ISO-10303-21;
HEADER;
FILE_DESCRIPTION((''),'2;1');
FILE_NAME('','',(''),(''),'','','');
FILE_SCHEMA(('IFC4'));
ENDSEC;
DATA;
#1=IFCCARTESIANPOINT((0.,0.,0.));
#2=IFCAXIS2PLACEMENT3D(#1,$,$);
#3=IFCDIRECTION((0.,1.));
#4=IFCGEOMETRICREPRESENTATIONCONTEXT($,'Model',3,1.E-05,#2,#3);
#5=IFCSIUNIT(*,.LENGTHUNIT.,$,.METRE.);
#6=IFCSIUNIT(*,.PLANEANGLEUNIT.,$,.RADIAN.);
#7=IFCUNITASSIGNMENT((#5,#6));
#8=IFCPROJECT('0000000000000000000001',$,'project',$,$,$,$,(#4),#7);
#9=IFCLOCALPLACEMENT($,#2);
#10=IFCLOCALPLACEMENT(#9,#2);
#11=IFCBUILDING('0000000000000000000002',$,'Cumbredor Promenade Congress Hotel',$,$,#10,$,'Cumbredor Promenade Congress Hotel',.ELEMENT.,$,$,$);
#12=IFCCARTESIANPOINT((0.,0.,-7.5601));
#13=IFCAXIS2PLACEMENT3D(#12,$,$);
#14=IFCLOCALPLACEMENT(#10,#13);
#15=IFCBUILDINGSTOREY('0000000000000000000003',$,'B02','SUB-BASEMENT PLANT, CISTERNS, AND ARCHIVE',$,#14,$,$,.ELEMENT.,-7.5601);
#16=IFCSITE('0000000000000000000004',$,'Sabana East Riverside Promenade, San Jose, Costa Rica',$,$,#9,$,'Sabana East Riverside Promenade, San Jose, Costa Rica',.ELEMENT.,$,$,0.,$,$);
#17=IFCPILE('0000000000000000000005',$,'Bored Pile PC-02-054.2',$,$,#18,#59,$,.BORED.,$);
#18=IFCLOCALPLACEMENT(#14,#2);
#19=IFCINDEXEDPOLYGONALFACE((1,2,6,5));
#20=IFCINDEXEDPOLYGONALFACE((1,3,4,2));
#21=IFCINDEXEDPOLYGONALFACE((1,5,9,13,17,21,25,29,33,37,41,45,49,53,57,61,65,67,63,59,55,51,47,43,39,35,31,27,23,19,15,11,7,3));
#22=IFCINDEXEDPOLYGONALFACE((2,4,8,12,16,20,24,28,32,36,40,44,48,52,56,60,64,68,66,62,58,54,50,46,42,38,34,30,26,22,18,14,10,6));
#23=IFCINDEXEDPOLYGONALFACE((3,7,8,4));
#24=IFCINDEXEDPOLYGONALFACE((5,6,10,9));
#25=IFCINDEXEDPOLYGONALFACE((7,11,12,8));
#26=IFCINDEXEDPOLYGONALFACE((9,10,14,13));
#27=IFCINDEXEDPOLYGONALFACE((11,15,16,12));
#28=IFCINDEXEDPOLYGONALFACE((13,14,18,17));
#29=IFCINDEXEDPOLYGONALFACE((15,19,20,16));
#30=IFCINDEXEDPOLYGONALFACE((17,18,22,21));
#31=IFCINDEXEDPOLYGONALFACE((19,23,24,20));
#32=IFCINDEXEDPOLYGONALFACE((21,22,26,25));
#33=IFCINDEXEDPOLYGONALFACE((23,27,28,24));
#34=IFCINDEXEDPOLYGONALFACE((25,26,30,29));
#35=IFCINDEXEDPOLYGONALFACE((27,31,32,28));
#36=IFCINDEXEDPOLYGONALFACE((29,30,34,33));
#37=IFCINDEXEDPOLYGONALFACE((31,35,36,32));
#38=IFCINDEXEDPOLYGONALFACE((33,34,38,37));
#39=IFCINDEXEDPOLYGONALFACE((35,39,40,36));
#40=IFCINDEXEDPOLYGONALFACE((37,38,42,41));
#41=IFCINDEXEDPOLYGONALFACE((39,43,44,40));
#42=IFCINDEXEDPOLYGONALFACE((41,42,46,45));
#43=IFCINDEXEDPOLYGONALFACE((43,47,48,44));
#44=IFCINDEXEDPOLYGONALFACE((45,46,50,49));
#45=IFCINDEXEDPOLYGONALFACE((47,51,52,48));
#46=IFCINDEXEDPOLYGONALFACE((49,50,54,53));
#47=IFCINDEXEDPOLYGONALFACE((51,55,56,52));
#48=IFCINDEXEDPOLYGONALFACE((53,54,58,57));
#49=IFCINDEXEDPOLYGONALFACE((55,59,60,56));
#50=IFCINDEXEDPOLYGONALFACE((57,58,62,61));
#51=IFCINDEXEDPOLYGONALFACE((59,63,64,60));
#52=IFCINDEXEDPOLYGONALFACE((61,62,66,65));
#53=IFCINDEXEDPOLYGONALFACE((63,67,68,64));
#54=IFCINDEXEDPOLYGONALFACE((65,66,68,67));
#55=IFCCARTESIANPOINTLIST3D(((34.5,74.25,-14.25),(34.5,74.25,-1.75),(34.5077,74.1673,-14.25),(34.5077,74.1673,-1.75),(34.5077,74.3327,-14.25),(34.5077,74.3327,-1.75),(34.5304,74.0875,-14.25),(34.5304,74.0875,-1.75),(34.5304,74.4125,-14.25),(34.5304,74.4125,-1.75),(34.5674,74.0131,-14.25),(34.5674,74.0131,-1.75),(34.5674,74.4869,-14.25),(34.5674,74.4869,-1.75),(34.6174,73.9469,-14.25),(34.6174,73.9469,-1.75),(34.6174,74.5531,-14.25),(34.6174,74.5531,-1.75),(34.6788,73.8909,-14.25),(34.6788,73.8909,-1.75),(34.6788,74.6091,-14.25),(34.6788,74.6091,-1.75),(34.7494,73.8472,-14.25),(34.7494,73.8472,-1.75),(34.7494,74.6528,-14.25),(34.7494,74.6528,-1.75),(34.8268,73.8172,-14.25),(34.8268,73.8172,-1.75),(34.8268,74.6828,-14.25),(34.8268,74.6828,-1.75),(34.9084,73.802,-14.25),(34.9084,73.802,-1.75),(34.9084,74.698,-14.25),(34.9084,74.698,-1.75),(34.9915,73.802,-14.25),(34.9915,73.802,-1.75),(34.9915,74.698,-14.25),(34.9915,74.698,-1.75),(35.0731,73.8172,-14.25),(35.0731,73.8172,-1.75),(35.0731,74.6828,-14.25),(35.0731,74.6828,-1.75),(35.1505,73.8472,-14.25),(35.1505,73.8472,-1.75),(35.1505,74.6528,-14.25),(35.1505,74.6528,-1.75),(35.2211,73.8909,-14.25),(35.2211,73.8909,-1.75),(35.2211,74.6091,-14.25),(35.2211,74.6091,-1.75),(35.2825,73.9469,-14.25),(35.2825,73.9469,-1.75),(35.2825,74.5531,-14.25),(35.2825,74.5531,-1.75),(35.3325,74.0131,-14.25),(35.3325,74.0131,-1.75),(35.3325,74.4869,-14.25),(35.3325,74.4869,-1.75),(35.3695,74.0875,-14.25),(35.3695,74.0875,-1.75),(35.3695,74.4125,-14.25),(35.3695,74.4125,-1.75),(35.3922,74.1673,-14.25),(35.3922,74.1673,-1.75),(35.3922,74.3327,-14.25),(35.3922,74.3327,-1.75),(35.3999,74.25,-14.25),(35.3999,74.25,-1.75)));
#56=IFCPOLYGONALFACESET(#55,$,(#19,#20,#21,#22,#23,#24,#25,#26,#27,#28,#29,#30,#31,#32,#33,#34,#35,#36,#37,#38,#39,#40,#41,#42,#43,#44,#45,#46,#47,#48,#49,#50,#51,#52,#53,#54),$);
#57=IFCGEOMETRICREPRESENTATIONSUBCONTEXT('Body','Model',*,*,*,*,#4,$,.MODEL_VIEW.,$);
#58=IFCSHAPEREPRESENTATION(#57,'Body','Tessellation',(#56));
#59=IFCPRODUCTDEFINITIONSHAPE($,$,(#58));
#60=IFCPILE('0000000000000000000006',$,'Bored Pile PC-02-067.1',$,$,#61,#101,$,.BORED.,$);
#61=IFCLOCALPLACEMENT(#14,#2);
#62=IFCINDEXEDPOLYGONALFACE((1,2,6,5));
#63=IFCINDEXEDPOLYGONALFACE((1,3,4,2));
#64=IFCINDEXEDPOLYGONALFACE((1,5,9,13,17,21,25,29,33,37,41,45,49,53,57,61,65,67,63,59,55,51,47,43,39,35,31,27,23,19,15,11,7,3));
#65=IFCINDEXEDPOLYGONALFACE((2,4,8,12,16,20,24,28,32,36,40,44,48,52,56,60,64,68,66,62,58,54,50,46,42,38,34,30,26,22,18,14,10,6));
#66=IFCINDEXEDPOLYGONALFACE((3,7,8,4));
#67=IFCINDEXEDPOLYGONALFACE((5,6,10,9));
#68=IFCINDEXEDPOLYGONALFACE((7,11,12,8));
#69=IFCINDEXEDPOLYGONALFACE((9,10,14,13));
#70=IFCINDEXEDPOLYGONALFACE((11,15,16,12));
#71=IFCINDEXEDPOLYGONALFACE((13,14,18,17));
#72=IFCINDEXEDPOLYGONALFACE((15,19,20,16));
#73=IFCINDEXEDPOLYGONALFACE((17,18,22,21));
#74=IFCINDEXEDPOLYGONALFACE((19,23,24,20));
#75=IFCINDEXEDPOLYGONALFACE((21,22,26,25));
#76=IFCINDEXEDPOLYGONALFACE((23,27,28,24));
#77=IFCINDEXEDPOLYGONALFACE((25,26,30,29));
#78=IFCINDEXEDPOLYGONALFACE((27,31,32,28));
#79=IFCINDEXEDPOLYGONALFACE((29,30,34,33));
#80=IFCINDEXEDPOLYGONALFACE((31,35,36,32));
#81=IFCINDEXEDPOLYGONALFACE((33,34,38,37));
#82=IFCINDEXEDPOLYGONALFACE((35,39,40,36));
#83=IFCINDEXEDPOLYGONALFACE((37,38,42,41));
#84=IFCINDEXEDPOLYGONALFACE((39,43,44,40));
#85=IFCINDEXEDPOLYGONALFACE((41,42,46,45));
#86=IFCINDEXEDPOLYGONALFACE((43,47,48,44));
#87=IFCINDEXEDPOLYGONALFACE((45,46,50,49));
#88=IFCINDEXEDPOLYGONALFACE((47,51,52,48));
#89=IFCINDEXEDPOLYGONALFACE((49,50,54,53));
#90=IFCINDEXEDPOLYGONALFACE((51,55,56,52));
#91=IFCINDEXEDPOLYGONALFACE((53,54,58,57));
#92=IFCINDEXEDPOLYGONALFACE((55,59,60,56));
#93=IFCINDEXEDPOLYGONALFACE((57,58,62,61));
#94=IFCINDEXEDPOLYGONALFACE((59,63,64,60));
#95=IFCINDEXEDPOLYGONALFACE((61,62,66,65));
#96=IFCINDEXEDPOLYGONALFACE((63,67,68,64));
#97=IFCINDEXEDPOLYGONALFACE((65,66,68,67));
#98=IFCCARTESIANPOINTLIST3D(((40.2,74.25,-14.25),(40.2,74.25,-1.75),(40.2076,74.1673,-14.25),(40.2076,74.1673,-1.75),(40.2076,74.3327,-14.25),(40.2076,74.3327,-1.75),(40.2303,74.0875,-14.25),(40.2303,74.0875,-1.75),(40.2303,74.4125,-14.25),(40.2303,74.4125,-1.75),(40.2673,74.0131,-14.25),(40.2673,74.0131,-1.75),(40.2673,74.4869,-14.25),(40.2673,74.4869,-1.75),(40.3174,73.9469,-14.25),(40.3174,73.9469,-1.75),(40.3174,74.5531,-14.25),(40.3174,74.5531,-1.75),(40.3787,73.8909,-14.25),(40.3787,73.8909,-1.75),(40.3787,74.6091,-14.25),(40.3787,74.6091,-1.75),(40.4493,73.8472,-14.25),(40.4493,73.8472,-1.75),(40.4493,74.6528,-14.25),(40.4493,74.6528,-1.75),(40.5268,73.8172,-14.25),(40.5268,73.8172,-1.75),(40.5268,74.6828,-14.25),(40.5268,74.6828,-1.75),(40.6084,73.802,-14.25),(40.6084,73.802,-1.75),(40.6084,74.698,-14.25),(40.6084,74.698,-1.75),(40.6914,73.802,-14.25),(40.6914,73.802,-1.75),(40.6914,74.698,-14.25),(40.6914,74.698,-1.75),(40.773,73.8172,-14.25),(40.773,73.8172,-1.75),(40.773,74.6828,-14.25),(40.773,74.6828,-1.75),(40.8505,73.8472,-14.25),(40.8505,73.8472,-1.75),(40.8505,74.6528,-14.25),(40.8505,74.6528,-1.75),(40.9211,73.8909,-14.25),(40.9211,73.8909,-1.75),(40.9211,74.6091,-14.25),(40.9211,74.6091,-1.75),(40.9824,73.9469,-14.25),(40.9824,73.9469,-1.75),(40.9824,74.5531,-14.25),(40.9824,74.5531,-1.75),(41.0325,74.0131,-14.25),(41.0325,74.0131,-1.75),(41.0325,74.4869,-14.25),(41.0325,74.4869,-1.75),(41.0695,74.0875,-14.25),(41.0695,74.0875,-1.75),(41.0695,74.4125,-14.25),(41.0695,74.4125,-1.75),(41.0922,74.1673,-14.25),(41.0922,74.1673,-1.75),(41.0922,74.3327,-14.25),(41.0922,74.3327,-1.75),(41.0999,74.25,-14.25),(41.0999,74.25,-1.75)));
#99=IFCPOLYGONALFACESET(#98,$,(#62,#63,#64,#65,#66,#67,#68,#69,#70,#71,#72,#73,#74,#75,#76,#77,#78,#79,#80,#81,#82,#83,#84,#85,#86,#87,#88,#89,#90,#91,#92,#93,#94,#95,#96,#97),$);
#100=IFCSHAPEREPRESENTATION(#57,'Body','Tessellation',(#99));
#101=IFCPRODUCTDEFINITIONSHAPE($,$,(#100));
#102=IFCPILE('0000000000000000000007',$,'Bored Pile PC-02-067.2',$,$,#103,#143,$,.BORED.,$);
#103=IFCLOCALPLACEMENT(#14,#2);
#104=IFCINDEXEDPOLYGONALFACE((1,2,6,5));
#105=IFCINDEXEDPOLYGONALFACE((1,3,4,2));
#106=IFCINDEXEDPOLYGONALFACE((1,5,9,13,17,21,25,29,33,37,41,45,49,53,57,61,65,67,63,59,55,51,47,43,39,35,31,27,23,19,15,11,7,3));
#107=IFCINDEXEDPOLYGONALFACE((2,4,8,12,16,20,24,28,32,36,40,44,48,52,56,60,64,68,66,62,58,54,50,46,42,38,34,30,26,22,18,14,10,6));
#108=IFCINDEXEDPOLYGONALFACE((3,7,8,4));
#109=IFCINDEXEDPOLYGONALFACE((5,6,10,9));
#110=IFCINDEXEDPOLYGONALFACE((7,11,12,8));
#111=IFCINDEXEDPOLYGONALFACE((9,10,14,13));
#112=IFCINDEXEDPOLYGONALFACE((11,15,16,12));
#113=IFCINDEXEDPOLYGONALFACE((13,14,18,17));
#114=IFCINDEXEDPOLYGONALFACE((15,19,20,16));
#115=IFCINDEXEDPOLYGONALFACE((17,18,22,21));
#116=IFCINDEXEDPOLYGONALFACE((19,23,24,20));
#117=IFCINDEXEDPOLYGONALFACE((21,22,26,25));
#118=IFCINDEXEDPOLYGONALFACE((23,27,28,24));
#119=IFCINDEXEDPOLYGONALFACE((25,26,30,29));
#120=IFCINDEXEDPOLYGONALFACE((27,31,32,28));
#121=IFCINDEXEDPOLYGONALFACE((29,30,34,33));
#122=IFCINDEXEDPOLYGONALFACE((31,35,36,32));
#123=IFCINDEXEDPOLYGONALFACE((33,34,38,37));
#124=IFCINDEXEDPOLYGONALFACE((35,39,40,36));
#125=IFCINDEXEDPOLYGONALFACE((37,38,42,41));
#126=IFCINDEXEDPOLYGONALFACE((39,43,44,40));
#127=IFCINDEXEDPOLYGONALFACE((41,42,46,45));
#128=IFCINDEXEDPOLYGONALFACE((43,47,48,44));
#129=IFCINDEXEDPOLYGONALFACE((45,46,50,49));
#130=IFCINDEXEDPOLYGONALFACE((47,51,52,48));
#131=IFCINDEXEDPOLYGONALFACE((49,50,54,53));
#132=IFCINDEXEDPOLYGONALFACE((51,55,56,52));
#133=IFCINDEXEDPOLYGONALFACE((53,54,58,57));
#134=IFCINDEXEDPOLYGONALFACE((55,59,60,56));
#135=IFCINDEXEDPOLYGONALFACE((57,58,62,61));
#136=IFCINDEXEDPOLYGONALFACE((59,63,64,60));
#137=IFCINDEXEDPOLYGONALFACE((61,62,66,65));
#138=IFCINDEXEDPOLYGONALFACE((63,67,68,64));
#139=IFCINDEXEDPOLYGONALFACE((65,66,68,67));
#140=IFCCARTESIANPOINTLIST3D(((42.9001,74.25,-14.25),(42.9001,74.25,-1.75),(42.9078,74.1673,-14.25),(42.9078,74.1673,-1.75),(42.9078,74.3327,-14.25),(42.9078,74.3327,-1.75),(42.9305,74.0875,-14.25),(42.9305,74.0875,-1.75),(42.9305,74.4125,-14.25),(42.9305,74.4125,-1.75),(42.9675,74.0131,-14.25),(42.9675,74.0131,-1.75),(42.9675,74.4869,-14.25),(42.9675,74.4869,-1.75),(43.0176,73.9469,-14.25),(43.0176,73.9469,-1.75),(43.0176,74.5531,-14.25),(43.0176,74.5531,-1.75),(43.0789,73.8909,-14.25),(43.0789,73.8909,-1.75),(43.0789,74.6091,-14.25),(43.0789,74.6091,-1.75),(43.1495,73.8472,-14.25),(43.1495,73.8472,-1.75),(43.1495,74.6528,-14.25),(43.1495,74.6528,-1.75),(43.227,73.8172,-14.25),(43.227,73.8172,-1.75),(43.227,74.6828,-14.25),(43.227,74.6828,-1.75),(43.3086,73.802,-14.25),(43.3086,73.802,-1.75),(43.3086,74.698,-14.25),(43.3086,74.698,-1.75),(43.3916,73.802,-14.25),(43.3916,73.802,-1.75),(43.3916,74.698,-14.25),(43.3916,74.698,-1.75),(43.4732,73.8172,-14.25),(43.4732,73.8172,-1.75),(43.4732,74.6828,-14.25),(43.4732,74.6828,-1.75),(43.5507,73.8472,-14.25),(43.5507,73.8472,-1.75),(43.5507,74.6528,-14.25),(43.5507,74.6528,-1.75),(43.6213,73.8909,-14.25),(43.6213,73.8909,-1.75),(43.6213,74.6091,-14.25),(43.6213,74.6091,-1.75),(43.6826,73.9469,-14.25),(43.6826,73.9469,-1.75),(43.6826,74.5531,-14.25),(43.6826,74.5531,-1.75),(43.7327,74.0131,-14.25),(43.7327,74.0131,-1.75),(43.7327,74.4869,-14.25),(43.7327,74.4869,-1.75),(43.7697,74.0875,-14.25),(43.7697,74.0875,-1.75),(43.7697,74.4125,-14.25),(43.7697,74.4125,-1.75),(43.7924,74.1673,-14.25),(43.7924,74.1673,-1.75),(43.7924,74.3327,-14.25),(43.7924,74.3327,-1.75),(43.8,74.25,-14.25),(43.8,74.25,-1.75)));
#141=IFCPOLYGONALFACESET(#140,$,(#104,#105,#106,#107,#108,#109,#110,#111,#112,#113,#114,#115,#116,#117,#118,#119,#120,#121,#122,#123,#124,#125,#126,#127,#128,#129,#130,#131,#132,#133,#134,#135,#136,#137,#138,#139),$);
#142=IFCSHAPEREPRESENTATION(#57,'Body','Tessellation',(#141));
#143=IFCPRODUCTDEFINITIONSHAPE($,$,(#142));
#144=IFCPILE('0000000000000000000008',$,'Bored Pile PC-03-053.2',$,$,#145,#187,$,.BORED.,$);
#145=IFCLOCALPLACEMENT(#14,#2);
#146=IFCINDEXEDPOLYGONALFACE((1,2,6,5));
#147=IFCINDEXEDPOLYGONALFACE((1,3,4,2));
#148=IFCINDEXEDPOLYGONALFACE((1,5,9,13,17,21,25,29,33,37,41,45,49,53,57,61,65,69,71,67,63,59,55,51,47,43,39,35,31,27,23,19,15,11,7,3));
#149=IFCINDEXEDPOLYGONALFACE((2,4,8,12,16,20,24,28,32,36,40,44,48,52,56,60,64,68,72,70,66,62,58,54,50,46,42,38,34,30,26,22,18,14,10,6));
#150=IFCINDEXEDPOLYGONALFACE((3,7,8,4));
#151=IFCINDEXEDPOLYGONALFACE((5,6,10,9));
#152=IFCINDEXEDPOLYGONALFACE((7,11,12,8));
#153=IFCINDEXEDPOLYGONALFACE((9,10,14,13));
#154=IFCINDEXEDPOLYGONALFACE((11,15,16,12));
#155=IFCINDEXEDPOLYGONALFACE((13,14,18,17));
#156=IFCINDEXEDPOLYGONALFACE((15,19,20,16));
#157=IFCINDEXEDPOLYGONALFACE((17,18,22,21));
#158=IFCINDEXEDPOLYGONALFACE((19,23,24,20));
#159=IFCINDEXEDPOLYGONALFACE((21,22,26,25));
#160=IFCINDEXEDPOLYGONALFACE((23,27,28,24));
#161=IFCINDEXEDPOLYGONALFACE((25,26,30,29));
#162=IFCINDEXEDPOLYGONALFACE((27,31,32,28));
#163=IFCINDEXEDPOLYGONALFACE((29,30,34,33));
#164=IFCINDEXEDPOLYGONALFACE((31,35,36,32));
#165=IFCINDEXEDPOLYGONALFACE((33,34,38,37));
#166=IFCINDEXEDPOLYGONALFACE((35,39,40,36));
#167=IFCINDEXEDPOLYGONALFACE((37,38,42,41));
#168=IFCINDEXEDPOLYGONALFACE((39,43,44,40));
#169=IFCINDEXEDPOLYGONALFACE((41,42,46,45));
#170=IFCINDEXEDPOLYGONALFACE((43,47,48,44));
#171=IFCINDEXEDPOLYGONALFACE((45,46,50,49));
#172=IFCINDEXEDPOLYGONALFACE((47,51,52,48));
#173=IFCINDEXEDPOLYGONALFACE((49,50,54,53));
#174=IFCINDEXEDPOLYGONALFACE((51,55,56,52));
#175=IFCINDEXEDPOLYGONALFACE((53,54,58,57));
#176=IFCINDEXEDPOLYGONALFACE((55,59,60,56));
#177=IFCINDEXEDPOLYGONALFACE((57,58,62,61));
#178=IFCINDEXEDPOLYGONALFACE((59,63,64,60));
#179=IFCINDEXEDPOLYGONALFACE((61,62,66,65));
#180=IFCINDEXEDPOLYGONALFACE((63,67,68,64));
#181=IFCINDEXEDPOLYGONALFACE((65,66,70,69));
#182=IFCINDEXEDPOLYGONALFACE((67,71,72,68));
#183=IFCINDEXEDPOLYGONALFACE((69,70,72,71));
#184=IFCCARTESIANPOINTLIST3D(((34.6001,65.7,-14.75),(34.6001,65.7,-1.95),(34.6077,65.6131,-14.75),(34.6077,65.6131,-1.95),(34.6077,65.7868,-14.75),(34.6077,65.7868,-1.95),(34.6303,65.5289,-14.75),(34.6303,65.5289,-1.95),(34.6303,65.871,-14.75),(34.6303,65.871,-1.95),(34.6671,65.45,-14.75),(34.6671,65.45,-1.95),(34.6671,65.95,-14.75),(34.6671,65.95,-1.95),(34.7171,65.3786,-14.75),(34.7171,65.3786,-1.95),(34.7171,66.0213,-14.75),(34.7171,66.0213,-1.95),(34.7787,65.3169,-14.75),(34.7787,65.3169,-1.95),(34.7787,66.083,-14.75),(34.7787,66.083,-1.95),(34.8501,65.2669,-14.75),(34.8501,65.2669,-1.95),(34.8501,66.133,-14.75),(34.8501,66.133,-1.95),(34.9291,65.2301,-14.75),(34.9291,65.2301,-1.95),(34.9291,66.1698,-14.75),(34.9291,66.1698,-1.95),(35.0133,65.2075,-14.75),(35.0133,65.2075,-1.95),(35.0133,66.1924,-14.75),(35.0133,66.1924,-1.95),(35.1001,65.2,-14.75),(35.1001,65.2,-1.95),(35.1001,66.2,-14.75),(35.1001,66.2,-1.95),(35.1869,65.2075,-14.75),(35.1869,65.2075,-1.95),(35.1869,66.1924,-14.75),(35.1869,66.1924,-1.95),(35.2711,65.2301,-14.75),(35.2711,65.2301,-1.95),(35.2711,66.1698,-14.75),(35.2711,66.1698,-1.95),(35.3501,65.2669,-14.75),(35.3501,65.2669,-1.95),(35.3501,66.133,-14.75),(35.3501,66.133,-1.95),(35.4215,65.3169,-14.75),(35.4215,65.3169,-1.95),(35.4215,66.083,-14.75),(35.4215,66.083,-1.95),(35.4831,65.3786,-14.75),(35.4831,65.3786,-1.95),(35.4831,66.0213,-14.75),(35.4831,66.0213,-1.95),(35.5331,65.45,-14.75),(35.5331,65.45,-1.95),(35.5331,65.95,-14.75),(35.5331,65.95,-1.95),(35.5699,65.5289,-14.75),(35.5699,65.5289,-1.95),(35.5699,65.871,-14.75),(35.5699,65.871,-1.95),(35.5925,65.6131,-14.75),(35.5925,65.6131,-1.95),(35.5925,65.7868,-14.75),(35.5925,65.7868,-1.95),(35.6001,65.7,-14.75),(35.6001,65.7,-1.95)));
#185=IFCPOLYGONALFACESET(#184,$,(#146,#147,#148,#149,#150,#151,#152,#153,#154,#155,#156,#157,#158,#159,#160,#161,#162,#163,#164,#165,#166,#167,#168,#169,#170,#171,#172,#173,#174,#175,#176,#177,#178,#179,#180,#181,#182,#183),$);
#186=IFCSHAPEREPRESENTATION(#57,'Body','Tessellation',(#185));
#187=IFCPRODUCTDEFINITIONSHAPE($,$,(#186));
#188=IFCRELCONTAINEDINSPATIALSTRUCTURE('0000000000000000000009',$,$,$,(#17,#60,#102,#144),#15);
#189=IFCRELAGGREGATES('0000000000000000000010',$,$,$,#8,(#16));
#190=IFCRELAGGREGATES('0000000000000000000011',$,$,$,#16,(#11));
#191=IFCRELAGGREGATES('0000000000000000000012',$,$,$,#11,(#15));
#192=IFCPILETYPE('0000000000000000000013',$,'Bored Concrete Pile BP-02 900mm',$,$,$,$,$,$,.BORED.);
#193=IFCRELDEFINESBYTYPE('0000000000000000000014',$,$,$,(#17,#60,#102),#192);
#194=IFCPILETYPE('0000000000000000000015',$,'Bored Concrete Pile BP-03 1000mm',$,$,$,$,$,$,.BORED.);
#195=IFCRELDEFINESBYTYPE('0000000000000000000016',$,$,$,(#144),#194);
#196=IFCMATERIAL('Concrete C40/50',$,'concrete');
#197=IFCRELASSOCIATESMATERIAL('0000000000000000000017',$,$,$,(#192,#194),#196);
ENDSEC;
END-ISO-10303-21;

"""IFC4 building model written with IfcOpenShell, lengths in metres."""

from ifc_helpers import new_model, si_unit, direction, frame, origin, origin_2d, place, context, subcontext, project, spatial, circle, extrude, material, material_profile, profile_set, type_object, element, save


model = new_model("IFC4")

# Units and contexts
model_context = context("Model", 3, precision=1e-05, world=origin(), true_north=direction((0.0, 1.0)))
body_context = subcontext(model_context, "Body", "Model", "MODEL_VIEW")
ifc_project = project(units=[si_unit("LENGTHUNIT", "METRE"), si_unit("PLANEANGLEUNIT", "RADIAN")], contexts=[model_context])

# Site, building, storey
site_placement = place(None, origin())
site = spatial("IfcSite", under=ifc_project, at=site_placement, Name="Sabana East Riverside Promenade, San Jose, Costa Rica", LongName="Sabana East Riverside Promenade, San Jose, Costa Rica", CompositionType="ELEMENT", RefElevation=0.0)
building_placement = place(site_placement, origin())
building = spatial("IfcBuilding", under=site, at=building_placement, Name="Cumbredor Promenade Congress Hotel", LongName="Cumbredor Promenade Congress Hotel", CompositionType="ELEMENT")
storey_placement = place(building_placement, frame((0.0, 0.0, -7.5601)))
storey = spatial("IfcBuildingStorey", under=building, at=storey_placement, Name="B02", Description="SUB-BASEMENT PLANT, CISTERNS, AND ARCHIVE", CompositionType="ELEMENT", Elevation=-7.5601)

# Piles
ifc_material_1 = material(Name="Concrete C40/50", Category="concrete")
ifc_material_profile_1 = material_profile(ifc_material_1, circle(Radius=0.45, at=origin_2d()), Name="PILE D900")
ifc_profile_set_1 = profile_set([ifc_material_profile_1], Name="Concrete C40/50")
pile_type_1 = type_object("IfcPileType", Name="Bored Concrete Pile BP-02 900mm", PredefinedType="BORED", material=ifc_profile_set_1)
for number, where, z_axis, x_axis, name in (
    (1, (34.95, 74.25, -1.75), (0.0, 0.0, -1.0), (1.0, 0.0, 0.0), "Bored Pile PC-02-054.2"),
    (2, (40.6499, 74.25, -1.75), (0.0, 0.0, -1.0), (1.0, 0.0, 0.0), "Bored Pile PC-02-067.1"),
    (3, (43.3501, 74.25, -1.75), (0.0, 0.0, -1.0), (1.0, 0.0, 0.0), "Bored Pile PC-02-067.2"),
):
    element("IfcPile", number, at=place(storey_placement, frame(where, z_axis=z_axis, x_axis=x_axis)), inside=storey, type_object=pile_type_1, Name=name, PredefinedType="BORED", context=body_context, shape_type="SweptSolid", body=[
        extrude(circle(Radius=0.45, at=origin_2d()), origin(), (0.0, 0.0, 1.0), 12.5),
    ])
ifc_material_profile_2 = material_profile(ifc_material_1, circle(Radius=0.5, at=origin_2d()), Name="PILE D1000")
ifc_profile_set_2 = profile_set([ifc_material_profile_2], Name="Concrete C40/50")
pile_type_2 = type_object("IfcPileType", Name="Bored Concrete Pile BP-03 1000mm", PredefinedType="BORED", material=ifc_profile_set_2)
for number, where, z_axis, x_axis, name in (
    (4, (35.1001, 65.7, -1.95), (0.0, 0.0, -1.0), (1.0, 0.0, 0.0), "Bored Pile PC-03-053.2"),
):
    element("IfcPile", number, at=place(storey_placement, frame(where, z_axis=z_axis, x_axis=x_axis)), inside=storey, type_object=pile_type_2, Name=name, PredefinedType="BORED", context=body_context, shape_type="SweptSolid", body=[
        extrude(circle(Radius=0.5, at=origin_2d()), origin(), (0.0, 0.0, 1.0), 12.8),
    ])

save(model, "model.ifc")
